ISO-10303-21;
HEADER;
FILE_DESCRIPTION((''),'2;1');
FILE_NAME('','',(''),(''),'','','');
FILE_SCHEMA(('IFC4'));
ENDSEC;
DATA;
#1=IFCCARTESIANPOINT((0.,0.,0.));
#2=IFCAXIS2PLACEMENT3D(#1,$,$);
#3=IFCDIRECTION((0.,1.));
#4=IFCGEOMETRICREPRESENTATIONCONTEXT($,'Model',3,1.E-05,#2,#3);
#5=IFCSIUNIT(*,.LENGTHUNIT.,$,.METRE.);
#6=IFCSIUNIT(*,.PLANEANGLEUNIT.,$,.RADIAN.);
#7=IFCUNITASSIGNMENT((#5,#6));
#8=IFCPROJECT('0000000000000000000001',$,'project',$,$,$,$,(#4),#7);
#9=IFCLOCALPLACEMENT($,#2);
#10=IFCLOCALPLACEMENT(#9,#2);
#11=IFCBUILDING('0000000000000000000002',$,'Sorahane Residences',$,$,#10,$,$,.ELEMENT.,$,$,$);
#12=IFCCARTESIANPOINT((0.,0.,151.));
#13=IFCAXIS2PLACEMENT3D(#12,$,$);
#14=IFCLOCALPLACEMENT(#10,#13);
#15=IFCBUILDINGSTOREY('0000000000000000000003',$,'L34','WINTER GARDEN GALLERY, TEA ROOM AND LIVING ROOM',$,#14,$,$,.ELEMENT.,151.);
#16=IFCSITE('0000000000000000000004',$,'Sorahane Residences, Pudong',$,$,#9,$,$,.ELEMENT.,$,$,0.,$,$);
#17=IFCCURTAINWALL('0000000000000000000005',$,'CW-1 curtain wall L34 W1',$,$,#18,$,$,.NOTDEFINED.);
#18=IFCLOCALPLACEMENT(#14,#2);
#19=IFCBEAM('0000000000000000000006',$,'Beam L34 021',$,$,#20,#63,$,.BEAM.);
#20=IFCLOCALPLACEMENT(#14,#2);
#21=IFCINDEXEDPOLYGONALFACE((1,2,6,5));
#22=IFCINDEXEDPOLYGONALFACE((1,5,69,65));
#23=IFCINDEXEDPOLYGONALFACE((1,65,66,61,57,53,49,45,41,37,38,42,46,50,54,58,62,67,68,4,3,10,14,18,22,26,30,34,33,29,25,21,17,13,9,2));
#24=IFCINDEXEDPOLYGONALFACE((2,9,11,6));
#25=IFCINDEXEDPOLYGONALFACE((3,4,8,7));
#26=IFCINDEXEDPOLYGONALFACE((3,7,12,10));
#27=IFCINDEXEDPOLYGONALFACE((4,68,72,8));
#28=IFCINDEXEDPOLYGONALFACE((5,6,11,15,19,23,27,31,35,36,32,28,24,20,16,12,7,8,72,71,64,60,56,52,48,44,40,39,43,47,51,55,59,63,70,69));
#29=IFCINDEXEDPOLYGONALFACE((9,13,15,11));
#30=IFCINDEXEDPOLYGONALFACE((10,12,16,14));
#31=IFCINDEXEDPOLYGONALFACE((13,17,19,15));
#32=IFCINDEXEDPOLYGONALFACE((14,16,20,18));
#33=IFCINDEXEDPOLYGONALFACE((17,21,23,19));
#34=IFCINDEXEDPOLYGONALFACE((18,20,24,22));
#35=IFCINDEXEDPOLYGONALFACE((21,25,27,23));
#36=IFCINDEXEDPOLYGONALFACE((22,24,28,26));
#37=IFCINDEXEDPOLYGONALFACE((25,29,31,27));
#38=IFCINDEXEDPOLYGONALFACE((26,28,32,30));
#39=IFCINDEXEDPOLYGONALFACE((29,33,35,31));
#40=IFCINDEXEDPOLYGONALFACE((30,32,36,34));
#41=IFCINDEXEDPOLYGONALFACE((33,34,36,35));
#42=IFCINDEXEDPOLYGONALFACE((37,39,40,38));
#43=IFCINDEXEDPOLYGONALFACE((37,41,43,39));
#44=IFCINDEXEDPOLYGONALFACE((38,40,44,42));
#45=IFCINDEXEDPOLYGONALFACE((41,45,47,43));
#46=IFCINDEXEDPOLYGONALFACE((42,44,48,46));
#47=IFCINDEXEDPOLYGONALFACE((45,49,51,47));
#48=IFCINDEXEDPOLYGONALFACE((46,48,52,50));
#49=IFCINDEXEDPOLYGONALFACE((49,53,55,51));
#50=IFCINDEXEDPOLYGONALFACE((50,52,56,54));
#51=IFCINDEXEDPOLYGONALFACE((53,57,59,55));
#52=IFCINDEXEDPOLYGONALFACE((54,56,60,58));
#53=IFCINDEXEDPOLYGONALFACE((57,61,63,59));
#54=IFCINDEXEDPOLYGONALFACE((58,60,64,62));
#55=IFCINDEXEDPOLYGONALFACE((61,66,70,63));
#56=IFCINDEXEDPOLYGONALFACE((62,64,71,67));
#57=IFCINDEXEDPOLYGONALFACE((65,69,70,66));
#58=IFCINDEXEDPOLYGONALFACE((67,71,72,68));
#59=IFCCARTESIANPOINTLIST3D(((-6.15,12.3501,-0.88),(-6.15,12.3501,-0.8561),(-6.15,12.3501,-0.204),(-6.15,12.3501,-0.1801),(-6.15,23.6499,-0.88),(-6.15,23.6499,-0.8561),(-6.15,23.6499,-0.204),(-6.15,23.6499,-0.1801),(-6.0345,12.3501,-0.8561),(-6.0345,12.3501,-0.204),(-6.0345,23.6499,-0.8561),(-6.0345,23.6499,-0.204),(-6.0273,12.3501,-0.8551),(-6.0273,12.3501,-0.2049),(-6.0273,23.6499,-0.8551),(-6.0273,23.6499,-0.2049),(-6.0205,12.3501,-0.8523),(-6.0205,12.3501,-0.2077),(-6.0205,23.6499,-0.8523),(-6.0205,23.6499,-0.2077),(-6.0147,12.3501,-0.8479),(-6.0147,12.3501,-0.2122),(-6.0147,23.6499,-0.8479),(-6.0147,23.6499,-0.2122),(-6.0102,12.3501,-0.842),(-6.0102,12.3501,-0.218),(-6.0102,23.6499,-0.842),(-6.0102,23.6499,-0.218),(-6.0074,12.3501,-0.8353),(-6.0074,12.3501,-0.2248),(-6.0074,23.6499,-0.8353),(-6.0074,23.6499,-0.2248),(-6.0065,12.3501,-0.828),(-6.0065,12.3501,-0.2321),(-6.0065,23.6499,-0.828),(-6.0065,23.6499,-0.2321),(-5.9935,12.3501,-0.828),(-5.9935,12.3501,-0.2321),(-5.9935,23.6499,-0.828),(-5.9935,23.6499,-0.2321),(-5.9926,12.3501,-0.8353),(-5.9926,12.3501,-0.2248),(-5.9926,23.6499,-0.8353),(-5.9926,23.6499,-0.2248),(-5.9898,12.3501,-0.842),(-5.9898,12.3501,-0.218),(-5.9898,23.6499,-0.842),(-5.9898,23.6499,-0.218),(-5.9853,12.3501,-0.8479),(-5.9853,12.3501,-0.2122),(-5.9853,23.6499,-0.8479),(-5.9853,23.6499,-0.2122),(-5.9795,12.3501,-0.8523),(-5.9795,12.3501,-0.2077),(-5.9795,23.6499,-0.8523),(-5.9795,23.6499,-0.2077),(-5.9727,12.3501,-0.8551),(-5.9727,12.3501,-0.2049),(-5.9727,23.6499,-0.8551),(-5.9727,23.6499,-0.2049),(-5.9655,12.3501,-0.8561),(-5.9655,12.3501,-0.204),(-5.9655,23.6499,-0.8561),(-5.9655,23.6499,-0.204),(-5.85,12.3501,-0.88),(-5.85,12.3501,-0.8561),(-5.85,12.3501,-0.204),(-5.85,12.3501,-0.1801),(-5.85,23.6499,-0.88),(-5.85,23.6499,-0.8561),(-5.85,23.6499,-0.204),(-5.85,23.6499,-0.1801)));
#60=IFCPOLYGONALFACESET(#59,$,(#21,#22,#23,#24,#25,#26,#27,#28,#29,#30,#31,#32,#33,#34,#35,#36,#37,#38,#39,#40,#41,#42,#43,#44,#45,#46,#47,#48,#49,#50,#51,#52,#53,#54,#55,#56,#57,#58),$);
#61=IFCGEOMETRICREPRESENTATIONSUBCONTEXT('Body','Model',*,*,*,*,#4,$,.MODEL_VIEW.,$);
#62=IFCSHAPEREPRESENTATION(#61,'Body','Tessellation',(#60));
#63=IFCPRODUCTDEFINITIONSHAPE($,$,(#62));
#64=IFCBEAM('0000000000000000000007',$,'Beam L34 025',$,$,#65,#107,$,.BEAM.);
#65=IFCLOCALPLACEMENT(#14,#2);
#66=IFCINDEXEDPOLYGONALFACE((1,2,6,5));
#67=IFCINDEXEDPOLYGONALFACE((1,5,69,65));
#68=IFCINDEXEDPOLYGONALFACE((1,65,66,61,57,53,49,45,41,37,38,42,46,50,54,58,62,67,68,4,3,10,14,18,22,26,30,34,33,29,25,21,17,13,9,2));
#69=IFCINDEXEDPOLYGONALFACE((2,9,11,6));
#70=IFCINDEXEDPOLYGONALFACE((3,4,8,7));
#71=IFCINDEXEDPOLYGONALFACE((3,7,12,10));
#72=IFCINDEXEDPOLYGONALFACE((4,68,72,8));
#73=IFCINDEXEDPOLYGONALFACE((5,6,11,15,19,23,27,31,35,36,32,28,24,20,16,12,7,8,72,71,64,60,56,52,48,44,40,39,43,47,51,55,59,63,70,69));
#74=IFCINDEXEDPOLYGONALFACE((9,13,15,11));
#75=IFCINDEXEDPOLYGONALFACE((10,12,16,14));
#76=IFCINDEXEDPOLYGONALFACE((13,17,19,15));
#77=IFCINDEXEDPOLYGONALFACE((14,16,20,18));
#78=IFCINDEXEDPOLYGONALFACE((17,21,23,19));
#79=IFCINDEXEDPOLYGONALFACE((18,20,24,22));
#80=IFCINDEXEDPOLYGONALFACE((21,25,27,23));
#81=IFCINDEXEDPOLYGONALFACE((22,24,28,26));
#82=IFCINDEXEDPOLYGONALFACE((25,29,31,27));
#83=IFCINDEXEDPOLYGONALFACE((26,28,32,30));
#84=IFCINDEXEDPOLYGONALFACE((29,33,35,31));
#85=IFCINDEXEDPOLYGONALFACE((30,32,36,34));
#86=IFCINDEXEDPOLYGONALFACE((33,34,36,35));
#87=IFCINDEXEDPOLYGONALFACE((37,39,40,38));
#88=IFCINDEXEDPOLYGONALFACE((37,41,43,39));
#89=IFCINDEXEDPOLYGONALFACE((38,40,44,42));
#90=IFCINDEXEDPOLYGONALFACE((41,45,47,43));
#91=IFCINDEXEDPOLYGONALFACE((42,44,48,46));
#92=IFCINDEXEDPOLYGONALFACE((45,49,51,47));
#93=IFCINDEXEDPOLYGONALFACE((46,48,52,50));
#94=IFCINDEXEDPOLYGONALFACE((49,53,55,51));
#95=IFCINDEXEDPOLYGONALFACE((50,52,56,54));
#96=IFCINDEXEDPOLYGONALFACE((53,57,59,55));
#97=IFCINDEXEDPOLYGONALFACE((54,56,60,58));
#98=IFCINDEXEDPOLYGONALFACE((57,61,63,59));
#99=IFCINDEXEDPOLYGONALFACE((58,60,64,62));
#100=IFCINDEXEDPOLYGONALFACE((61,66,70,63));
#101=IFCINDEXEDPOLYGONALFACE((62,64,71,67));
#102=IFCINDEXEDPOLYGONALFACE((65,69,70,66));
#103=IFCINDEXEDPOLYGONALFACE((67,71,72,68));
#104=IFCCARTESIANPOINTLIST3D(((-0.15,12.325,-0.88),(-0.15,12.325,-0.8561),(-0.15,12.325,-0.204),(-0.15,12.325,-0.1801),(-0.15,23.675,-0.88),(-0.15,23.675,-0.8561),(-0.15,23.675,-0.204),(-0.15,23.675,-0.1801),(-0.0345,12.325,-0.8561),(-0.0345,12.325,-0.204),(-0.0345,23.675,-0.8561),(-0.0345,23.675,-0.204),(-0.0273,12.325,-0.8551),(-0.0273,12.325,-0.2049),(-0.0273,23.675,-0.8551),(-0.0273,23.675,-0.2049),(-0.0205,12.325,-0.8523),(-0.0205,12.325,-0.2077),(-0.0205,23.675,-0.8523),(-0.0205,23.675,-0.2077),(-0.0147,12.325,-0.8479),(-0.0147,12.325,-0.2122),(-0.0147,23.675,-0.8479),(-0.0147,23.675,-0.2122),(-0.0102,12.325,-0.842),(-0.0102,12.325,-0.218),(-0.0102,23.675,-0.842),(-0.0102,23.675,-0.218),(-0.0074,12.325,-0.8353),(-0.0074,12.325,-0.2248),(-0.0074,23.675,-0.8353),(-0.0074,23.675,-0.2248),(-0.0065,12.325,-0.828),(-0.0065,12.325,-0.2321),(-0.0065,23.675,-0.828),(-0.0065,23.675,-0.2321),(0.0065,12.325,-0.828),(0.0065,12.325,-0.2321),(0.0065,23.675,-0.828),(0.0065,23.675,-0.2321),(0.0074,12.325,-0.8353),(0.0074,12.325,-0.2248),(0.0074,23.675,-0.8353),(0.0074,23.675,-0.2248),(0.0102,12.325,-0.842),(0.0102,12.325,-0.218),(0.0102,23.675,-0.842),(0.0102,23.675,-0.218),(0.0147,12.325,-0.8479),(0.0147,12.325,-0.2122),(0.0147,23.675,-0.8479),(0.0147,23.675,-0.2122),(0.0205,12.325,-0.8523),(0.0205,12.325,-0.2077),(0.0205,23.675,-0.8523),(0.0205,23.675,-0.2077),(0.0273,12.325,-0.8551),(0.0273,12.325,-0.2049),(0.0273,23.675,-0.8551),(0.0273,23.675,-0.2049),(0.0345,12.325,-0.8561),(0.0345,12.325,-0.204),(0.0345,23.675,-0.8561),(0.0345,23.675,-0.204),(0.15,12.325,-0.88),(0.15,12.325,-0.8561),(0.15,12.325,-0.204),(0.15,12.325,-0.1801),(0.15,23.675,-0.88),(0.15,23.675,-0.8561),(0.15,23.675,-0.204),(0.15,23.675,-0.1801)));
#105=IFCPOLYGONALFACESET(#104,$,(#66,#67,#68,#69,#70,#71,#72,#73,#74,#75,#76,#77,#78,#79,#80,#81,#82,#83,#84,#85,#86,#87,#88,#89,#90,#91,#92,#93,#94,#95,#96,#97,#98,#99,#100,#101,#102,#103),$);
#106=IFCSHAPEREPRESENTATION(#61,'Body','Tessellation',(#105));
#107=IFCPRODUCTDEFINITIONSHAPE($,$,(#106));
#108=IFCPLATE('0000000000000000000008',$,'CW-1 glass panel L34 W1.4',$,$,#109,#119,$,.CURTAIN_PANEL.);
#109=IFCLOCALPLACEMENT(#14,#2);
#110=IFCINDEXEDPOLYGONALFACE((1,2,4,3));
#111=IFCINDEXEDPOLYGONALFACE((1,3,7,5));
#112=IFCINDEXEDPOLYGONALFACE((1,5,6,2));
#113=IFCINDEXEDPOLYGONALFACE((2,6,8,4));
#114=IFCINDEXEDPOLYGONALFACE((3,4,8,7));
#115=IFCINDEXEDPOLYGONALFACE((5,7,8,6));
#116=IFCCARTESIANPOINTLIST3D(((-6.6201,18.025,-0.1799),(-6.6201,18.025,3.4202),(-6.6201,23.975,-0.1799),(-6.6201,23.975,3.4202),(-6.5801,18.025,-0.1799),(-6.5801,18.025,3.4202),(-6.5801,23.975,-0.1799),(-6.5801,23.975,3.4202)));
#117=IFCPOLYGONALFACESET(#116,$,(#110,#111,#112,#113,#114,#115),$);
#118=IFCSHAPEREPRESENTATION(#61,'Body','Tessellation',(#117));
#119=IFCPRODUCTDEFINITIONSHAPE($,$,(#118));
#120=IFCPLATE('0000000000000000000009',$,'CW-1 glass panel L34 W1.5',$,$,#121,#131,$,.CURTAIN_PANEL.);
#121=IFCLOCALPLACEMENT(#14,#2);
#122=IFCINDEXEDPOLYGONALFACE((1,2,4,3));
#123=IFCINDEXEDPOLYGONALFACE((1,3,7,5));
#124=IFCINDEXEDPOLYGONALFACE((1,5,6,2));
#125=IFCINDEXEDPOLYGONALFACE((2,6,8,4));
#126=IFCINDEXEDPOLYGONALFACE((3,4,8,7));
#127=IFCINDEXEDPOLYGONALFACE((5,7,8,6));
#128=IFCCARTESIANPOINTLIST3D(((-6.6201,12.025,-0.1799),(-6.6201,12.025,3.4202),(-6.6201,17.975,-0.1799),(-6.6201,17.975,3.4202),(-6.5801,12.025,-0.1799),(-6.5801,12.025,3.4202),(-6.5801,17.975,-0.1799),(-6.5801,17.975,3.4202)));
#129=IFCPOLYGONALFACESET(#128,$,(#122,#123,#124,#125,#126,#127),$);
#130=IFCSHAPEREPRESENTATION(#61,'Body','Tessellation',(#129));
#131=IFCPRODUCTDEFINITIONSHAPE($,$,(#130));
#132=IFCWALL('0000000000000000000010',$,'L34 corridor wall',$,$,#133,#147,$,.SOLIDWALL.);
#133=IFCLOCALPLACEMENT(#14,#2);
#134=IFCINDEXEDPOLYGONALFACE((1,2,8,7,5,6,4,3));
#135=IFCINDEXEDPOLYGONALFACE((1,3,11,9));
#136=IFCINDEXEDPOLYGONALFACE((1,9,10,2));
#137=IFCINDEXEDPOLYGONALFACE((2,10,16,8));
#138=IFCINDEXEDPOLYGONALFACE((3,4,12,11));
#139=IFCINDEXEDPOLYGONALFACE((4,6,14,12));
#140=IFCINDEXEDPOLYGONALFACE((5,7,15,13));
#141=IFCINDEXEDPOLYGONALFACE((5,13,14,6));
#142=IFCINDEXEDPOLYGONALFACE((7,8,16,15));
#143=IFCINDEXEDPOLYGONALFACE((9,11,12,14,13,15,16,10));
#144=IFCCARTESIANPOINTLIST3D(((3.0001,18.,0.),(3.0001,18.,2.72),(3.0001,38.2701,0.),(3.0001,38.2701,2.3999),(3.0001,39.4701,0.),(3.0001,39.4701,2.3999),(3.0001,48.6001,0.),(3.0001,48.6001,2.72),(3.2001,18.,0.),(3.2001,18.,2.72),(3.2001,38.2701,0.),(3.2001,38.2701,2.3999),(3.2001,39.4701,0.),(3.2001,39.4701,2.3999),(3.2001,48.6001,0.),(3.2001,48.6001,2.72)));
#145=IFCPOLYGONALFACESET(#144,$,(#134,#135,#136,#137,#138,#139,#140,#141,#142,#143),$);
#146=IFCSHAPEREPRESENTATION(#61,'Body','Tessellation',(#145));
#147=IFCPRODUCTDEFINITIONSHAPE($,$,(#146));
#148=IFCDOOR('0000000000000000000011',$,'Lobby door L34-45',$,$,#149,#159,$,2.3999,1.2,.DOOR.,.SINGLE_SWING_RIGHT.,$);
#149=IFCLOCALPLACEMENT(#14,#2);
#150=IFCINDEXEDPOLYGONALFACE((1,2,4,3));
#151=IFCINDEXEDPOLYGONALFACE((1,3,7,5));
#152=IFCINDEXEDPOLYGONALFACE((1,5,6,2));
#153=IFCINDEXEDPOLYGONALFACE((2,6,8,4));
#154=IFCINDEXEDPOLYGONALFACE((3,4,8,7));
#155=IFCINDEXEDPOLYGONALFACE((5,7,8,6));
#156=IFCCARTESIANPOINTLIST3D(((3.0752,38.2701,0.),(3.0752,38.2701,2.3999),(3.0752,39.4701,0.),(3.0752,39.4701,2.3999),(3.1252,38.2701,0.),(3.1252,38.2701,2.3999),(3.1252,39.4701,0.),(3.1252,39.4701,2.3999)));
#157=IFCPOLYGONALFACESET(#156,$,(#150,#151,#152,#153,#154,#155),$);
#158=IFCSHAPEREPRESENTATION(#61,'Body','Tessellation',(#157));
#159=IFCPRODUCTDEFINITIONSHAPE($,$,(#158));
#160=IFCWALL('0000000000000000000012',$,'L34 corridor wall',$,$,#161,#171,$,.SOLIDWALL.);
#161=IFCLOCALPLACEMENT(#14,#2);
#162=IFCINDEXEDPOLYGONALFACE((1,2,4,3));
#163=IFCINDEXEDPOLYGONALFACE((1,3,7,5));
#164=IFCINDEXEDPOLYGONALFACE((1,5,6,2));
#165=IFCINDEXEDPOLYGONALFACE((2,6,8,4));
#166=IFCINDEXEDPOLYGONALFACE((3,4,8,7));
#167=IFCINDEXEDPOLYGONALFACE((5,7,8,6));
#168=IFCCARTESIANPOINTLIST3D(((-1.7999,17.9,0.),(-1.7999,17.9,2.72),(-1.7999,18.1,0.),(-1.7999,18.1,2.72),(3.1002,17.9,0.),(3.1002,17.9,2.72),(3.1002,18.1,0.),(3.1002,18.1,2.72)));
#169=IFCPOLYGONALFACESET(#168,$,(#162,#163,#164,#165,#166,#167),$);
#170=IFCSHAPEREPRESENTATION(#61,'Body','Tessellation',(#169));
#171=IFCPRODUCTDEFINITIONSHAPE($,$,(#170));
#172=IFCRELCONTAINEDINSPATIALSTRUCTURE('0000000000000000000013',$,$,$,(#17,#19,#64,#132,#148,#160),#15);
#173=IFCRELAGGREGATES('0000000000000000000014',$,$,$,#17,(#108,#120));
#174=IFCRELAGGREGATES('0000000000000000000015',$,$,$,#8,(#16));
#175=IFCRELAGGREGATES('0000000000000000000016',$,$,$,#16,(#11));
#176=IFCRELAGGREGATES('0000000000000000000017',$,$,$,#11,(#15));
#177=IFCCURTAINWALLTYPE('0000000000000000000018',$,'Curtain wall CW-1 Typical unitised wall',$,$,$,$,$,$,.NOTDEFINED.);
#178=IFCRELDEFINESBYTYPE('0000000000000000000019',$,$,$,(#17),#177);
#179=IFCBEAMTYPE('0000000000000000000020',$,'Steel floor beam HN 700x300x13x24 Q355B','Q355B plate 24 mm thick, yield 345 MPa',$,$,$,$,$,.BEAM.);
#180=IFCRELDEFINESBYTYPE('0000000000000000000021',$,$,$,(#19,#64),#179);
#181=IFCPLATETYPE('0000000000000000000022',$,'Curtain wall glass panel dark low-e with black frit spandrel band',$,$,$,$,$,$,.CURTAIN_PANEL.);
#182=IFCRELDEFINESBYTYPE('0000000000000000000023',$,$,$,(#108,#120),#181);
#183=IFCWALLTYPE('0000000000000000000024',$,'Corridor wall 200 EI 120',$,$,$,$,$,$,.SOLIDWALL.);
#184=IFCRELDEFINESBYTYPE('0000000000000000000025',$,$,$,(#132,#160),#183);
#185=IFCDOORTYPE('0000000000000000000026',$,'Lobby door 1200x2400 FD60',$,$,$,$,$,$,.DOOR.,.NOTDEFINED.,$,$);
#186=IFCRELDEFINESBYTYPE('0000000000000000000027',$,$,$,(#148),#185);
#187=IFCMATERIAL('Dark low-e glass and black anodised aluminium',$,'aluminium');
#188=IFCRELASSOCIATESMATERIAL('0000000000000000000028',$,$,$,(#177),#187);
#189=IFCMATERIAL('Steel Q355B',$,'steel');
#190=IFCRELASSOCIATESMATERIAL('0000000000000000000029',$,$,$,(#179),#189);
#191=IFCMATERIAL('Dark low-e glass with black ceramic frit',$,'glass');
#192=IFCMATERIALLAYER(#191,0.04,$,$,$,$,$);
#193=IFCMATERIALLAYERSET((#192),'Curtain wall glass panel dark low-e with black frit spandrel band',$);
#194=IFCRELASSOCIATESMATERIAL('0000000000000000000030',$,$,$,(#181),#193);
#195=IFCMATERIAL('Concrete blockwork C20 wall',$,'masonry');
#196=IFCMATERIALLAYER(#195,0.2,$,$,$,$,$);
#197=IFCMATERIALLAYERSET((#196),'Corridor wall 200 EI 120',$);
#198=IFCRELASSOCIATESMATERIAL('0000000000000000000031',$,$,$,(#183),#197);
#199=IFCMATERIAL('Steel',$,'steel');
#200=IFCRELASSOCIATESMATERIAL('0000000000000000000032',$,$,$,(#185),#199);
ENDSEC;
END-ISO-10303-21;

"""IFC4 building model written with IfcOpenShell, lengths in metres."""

from ifc_helpers import new_model, si_unit, direction, frame, frame_2d, origin, origin_2d, place, context, subcontext, project, spatial, rectangle, i_section, extrude, material, layer, layer_set, material_profile, profile_set, type_object, element, fill, aggregate, save


model = new_model("IFC4")

# Units and contexts
model_context = context("Model", 3, precision=1e-05, world=origin(), true_north=direction((0.0, 1.0)))
body_context = subcontext(model_context, "Body", "Model", "MODEL_VIEW")
ifc_project = project(units=[si_unit("LENGTHUNIT", "METRE"), si_unit("PLANEANGLEUNIT", "RADIAN")], contexts=[model_context])

# Site, building, storey
site_placement = place(None, origin())
site = spatial("IfcSite", under=ifc_project, at=site_placement, Name="Sorahane Residences, Pudong", CompositionType="ELEMENT", RefElevation=0.0)
building_placement = place(site_placement, origin())
building = spatial("IfcBuilding", under=site, at=building_placement, Name="Sorahane Residences", CompositionType="ELEMENT")
storey_placement = place(building_placement, frame((0.0, 0.0, 151.0)))
storey = spatial("IfcBuildingStorey", under=building, at=storey_placement, Name="L34", Description="WINTER GARDEN GALLERY, TEA ROOM AND LIVING ROOM", CompositionType="ELEMENT", Elevation=151.0)

# Curtain wall
ifc_material_1 = material(Name="Dark low-e glass and black anodised aluminium", Category="aluminium")
curtain_wall_type = type_object("IfcCurtainWallType", Name="Curtain wall CW-1 Typical unitised wall", PredefinedType="NOTDEFINED", material=ifc_material_1)
curtain_wall_placement = place(storey_placement, origin())
curtain_wall = element("IfcCurtainWall", 1, at=curtain_wall_placement, inside=storey, type_object=curtain_wall_type, Name="CW-1 curtain wall L34 W1", PredefinedType="NOTDEFINED")

# Beams
ifc_material_2 = material(Name="Steel Q355B", Category="steel")
ifc_material_profile_1 = material_profile(ifc_material_2, i_section(OverallWidth=0.3, OverallDepth=0.7, WebThickness=0.0129, FlangeThickness=0.0239, FilletRadius=0.0281, at=origin_2d()), Name="HN 700x300x13x24")
ifc_profile_set_1 = profile_set([ifc_material_profile_1], Name="Steel Q355B")
beam_type_1 = type_object("IfcBeamType", Name="Steel floor beam HN 700x300x13x24 Q355B", Description="Q355B plate 24 mm thick, yield 345 MPa", PredefinedType="BEAM", material=ifc_profile_set_1)
beam_1_placement = place(storey_placement, frame((-6.0, 12.3501, -0.53), z_axis=(0.0, 1.0, 0.0), x_axis=(-1.0, 0.0, 0.0)))
element("IfcBeam", 2, at=beam_1_placement, inside=storey, type_object=beam_type_1, Name="Beam L34 021", PredefinedType="BEAM", context=body_context, shape_type="SweptSolid", body=[
    extrude(i_section(OverallWidth=0.3, OverallDepth=0.7, WebThickness=0.0129, FlangeThickness=0.0239, FilletRadius=0.0281, at=origin_2d()), origin(), (0.0, 0.0, 1.0), 11.2998),
])
beam_2_placement = place(storey_placement, frame((0.0, 12.325, -0.53), z_axis=(0.0, 1.0, 0.0), x_axis=(-1.0, 0.0, 0.0)))
element("IfcBeam", 3, at=beam_2_placement, inside=storey, type_object=beam_type_1, Name="Beam L34 025", PredefinedType="BEAM", context=body_context, shape_type="SweptSolid", body=[
    extrude(i_section(OverallWidth=0.3, OverallDepth=0.7, WebThickness=0.0129, FlangeThickness=0.0239, FilletRadius=0.0281, at=origin_2d()), origin(), (0.0, 0.0, 1.0), 11.3501),
])

# Plates
ifc_material_3 = material(Name="Dark low-e glass with black ceramic frit", Category="glass")
ifc_layer_1 = layer(ifc_material_3, 0.04)
ifc_layer_set_1 = layer_set([ifc_layer_1], Name="Curtain wall glass panel dark low-e with black frit spandrel band")
plate_type = type_object("IfcPlateType", Name="Curtain wall glass panel dark low-e with black frit spandrel band", PredefinedType="CURTAIN_PANEL", material=ifc_layer_set_1)
plate_1_placement = place(storey_placement, frame((-6.6001, 21.0, -0.1799), z_axis=(0.0, 0.0, 1.0), x_axis=(0.0, -1.0, 0.0)))
plate_1 = element("IfcPlate", 4, at=plate_1_placement, type_object=plate_type, Name="CW-1 glass panel L34 W1.4", PredefinedType="CURTAIN_PANEL", context=body_context, shape_type="SweptSolid", body=[
    extrude(rectangle(XDim=5.95, YDim=0.04, at=origin_2d()), origin(), (0.0, 0.0, 1.0), 3.6001),
])
plate_2_placement = place(storey_placement, frame((-6.6001, 15.0, -0.1799), z_axis=(0.0, 0.0, 1.0), x_axis=(0.0, -1.0, 0.0)))
plate_2 = element("IfcPlate", 5, at=plate_2_placement, type_object=plate_type, Name="CW-1 glass panel L34 W1.5", PredefinedType="CURTAIN_PANEL", context=body_context, shape_type="SweptSolid", body=[
    extrude(rectangle(XDim=5.95, YDim=0.04, at=origin_2d()), origin(), (0.0, 0.0, 1.0), 3.6001),
])
aggregate(curtain_wall, [plate_1, plate_2])

# Wall, opening, door
ifc_material_4 = material(Name="Concrete blockwork C20 wall", Category="masonry")
ifc_layer_2 = layer(ifc_material_4, 0.2)
ifc_layer_set_2 = layer_set([ifc_layer_2], Name="Corridor wall 200 EI 120")
wall_type_1 = type_object("IfcWallType", Name="Corridor wall 200 EI 120", PredefinedType="SOLIDWALL", material=ifc_layer_set_2)
wall_1_placement = place(storey_placement, frame((3.1001, 18.0, 0.0), z_axis=(0.0, 0.0, 1.0), x_axis=(0.0, 1.0, 0.0)))
wall_1 = element("IfcWall", 6, at=wall_1_placement, inside=storey, type_object=wall_type_1, Name="L34 corridor wall", PredefinedType="SOLIDWALL", context=body_context, shape_type="SweptSolid", body=[
    extrude(rectangle(XDim=30.6001, YDim=0.2, at=frame_2d((15.3, 0.0))), origin(), (0.0, 0.0, 1.0), 2.72),
])
opening_1_placement = place(wall_1_placement, frame((20.27, 0.0, 0.0)))
opening_1 = element("IfcOpeningElement", 7, at=opening_1_placement, cuts=wall_1, PredefinedType="OPENING", context=body_context, shape_type="SweptSolid", body=[
    extrude(rectangle(XDim=1.2, YDim=2.3999, at=frame_2d((0.6001, 1.2))), frame((0.0, 0.1099, 0.0), z_axis=(0.0, -1.0, 0.0), x_axis=(1.0, 0.0, 0.0)), (0.0, 0.0, 1.0), 0.22),
])
ifc_material_5 = material(Name="Steel", Category="steel")
door_type_1 = type_object("IfcDoorType", Name="Lobby door 1200x2400 FD60", OperationType="NOTDEFINED", PredefinedType="DOOR", material=ifc_material_5)
door_1_placement = place(opening_1_placement, origin())
door_1 = element("IfcDoor", 8, at=door_1_placement, inside=storey, type_object=door_type_1, Name="Lobby door L34-45", OperationType="SINGLE_SWING_RIGHT", OverallHeight=2.3999, OverallWidth=1.2, PredefinedType="DOOR", context=body_context, shape_type="SweptSolid", body=[
    extrude(rectangle(XDim=1.2, YDim=2.3999, at=frame_2d((0.6001, 1.2))), frame((0.0, 0.0249, 0.0), z_axis=(0.0, -1.0, 0.0), x_axis=(1.0, 0.0, 0.0)), (0.0, 0.0, 1.0), 0.05),
])
fill(opening_1, door_1)

# Wall
wall_2_placement = place(storey_placement, frame((-1.8, 18.0, 0.0), z_axis=(0.0, 0.0, 1.0), x_axis=(1.0, 0.0, 0.0)))
element("IfcWall", 9, at=wall_2_placement, inside=storey, type_object=wall_type_1, Name="L34 corridor wall", PredefinedType="SOLIDWALL", context=body_context, shape_type="SweptSolid", body=[
    extrude(rectangle(XDim=4.9001, YDim=0.2, at=frame_2d((2.4502, 0.0))), origin(), (0.0, 0.0, 1.0), 2.72),
])

save(model, "model.ifc")
